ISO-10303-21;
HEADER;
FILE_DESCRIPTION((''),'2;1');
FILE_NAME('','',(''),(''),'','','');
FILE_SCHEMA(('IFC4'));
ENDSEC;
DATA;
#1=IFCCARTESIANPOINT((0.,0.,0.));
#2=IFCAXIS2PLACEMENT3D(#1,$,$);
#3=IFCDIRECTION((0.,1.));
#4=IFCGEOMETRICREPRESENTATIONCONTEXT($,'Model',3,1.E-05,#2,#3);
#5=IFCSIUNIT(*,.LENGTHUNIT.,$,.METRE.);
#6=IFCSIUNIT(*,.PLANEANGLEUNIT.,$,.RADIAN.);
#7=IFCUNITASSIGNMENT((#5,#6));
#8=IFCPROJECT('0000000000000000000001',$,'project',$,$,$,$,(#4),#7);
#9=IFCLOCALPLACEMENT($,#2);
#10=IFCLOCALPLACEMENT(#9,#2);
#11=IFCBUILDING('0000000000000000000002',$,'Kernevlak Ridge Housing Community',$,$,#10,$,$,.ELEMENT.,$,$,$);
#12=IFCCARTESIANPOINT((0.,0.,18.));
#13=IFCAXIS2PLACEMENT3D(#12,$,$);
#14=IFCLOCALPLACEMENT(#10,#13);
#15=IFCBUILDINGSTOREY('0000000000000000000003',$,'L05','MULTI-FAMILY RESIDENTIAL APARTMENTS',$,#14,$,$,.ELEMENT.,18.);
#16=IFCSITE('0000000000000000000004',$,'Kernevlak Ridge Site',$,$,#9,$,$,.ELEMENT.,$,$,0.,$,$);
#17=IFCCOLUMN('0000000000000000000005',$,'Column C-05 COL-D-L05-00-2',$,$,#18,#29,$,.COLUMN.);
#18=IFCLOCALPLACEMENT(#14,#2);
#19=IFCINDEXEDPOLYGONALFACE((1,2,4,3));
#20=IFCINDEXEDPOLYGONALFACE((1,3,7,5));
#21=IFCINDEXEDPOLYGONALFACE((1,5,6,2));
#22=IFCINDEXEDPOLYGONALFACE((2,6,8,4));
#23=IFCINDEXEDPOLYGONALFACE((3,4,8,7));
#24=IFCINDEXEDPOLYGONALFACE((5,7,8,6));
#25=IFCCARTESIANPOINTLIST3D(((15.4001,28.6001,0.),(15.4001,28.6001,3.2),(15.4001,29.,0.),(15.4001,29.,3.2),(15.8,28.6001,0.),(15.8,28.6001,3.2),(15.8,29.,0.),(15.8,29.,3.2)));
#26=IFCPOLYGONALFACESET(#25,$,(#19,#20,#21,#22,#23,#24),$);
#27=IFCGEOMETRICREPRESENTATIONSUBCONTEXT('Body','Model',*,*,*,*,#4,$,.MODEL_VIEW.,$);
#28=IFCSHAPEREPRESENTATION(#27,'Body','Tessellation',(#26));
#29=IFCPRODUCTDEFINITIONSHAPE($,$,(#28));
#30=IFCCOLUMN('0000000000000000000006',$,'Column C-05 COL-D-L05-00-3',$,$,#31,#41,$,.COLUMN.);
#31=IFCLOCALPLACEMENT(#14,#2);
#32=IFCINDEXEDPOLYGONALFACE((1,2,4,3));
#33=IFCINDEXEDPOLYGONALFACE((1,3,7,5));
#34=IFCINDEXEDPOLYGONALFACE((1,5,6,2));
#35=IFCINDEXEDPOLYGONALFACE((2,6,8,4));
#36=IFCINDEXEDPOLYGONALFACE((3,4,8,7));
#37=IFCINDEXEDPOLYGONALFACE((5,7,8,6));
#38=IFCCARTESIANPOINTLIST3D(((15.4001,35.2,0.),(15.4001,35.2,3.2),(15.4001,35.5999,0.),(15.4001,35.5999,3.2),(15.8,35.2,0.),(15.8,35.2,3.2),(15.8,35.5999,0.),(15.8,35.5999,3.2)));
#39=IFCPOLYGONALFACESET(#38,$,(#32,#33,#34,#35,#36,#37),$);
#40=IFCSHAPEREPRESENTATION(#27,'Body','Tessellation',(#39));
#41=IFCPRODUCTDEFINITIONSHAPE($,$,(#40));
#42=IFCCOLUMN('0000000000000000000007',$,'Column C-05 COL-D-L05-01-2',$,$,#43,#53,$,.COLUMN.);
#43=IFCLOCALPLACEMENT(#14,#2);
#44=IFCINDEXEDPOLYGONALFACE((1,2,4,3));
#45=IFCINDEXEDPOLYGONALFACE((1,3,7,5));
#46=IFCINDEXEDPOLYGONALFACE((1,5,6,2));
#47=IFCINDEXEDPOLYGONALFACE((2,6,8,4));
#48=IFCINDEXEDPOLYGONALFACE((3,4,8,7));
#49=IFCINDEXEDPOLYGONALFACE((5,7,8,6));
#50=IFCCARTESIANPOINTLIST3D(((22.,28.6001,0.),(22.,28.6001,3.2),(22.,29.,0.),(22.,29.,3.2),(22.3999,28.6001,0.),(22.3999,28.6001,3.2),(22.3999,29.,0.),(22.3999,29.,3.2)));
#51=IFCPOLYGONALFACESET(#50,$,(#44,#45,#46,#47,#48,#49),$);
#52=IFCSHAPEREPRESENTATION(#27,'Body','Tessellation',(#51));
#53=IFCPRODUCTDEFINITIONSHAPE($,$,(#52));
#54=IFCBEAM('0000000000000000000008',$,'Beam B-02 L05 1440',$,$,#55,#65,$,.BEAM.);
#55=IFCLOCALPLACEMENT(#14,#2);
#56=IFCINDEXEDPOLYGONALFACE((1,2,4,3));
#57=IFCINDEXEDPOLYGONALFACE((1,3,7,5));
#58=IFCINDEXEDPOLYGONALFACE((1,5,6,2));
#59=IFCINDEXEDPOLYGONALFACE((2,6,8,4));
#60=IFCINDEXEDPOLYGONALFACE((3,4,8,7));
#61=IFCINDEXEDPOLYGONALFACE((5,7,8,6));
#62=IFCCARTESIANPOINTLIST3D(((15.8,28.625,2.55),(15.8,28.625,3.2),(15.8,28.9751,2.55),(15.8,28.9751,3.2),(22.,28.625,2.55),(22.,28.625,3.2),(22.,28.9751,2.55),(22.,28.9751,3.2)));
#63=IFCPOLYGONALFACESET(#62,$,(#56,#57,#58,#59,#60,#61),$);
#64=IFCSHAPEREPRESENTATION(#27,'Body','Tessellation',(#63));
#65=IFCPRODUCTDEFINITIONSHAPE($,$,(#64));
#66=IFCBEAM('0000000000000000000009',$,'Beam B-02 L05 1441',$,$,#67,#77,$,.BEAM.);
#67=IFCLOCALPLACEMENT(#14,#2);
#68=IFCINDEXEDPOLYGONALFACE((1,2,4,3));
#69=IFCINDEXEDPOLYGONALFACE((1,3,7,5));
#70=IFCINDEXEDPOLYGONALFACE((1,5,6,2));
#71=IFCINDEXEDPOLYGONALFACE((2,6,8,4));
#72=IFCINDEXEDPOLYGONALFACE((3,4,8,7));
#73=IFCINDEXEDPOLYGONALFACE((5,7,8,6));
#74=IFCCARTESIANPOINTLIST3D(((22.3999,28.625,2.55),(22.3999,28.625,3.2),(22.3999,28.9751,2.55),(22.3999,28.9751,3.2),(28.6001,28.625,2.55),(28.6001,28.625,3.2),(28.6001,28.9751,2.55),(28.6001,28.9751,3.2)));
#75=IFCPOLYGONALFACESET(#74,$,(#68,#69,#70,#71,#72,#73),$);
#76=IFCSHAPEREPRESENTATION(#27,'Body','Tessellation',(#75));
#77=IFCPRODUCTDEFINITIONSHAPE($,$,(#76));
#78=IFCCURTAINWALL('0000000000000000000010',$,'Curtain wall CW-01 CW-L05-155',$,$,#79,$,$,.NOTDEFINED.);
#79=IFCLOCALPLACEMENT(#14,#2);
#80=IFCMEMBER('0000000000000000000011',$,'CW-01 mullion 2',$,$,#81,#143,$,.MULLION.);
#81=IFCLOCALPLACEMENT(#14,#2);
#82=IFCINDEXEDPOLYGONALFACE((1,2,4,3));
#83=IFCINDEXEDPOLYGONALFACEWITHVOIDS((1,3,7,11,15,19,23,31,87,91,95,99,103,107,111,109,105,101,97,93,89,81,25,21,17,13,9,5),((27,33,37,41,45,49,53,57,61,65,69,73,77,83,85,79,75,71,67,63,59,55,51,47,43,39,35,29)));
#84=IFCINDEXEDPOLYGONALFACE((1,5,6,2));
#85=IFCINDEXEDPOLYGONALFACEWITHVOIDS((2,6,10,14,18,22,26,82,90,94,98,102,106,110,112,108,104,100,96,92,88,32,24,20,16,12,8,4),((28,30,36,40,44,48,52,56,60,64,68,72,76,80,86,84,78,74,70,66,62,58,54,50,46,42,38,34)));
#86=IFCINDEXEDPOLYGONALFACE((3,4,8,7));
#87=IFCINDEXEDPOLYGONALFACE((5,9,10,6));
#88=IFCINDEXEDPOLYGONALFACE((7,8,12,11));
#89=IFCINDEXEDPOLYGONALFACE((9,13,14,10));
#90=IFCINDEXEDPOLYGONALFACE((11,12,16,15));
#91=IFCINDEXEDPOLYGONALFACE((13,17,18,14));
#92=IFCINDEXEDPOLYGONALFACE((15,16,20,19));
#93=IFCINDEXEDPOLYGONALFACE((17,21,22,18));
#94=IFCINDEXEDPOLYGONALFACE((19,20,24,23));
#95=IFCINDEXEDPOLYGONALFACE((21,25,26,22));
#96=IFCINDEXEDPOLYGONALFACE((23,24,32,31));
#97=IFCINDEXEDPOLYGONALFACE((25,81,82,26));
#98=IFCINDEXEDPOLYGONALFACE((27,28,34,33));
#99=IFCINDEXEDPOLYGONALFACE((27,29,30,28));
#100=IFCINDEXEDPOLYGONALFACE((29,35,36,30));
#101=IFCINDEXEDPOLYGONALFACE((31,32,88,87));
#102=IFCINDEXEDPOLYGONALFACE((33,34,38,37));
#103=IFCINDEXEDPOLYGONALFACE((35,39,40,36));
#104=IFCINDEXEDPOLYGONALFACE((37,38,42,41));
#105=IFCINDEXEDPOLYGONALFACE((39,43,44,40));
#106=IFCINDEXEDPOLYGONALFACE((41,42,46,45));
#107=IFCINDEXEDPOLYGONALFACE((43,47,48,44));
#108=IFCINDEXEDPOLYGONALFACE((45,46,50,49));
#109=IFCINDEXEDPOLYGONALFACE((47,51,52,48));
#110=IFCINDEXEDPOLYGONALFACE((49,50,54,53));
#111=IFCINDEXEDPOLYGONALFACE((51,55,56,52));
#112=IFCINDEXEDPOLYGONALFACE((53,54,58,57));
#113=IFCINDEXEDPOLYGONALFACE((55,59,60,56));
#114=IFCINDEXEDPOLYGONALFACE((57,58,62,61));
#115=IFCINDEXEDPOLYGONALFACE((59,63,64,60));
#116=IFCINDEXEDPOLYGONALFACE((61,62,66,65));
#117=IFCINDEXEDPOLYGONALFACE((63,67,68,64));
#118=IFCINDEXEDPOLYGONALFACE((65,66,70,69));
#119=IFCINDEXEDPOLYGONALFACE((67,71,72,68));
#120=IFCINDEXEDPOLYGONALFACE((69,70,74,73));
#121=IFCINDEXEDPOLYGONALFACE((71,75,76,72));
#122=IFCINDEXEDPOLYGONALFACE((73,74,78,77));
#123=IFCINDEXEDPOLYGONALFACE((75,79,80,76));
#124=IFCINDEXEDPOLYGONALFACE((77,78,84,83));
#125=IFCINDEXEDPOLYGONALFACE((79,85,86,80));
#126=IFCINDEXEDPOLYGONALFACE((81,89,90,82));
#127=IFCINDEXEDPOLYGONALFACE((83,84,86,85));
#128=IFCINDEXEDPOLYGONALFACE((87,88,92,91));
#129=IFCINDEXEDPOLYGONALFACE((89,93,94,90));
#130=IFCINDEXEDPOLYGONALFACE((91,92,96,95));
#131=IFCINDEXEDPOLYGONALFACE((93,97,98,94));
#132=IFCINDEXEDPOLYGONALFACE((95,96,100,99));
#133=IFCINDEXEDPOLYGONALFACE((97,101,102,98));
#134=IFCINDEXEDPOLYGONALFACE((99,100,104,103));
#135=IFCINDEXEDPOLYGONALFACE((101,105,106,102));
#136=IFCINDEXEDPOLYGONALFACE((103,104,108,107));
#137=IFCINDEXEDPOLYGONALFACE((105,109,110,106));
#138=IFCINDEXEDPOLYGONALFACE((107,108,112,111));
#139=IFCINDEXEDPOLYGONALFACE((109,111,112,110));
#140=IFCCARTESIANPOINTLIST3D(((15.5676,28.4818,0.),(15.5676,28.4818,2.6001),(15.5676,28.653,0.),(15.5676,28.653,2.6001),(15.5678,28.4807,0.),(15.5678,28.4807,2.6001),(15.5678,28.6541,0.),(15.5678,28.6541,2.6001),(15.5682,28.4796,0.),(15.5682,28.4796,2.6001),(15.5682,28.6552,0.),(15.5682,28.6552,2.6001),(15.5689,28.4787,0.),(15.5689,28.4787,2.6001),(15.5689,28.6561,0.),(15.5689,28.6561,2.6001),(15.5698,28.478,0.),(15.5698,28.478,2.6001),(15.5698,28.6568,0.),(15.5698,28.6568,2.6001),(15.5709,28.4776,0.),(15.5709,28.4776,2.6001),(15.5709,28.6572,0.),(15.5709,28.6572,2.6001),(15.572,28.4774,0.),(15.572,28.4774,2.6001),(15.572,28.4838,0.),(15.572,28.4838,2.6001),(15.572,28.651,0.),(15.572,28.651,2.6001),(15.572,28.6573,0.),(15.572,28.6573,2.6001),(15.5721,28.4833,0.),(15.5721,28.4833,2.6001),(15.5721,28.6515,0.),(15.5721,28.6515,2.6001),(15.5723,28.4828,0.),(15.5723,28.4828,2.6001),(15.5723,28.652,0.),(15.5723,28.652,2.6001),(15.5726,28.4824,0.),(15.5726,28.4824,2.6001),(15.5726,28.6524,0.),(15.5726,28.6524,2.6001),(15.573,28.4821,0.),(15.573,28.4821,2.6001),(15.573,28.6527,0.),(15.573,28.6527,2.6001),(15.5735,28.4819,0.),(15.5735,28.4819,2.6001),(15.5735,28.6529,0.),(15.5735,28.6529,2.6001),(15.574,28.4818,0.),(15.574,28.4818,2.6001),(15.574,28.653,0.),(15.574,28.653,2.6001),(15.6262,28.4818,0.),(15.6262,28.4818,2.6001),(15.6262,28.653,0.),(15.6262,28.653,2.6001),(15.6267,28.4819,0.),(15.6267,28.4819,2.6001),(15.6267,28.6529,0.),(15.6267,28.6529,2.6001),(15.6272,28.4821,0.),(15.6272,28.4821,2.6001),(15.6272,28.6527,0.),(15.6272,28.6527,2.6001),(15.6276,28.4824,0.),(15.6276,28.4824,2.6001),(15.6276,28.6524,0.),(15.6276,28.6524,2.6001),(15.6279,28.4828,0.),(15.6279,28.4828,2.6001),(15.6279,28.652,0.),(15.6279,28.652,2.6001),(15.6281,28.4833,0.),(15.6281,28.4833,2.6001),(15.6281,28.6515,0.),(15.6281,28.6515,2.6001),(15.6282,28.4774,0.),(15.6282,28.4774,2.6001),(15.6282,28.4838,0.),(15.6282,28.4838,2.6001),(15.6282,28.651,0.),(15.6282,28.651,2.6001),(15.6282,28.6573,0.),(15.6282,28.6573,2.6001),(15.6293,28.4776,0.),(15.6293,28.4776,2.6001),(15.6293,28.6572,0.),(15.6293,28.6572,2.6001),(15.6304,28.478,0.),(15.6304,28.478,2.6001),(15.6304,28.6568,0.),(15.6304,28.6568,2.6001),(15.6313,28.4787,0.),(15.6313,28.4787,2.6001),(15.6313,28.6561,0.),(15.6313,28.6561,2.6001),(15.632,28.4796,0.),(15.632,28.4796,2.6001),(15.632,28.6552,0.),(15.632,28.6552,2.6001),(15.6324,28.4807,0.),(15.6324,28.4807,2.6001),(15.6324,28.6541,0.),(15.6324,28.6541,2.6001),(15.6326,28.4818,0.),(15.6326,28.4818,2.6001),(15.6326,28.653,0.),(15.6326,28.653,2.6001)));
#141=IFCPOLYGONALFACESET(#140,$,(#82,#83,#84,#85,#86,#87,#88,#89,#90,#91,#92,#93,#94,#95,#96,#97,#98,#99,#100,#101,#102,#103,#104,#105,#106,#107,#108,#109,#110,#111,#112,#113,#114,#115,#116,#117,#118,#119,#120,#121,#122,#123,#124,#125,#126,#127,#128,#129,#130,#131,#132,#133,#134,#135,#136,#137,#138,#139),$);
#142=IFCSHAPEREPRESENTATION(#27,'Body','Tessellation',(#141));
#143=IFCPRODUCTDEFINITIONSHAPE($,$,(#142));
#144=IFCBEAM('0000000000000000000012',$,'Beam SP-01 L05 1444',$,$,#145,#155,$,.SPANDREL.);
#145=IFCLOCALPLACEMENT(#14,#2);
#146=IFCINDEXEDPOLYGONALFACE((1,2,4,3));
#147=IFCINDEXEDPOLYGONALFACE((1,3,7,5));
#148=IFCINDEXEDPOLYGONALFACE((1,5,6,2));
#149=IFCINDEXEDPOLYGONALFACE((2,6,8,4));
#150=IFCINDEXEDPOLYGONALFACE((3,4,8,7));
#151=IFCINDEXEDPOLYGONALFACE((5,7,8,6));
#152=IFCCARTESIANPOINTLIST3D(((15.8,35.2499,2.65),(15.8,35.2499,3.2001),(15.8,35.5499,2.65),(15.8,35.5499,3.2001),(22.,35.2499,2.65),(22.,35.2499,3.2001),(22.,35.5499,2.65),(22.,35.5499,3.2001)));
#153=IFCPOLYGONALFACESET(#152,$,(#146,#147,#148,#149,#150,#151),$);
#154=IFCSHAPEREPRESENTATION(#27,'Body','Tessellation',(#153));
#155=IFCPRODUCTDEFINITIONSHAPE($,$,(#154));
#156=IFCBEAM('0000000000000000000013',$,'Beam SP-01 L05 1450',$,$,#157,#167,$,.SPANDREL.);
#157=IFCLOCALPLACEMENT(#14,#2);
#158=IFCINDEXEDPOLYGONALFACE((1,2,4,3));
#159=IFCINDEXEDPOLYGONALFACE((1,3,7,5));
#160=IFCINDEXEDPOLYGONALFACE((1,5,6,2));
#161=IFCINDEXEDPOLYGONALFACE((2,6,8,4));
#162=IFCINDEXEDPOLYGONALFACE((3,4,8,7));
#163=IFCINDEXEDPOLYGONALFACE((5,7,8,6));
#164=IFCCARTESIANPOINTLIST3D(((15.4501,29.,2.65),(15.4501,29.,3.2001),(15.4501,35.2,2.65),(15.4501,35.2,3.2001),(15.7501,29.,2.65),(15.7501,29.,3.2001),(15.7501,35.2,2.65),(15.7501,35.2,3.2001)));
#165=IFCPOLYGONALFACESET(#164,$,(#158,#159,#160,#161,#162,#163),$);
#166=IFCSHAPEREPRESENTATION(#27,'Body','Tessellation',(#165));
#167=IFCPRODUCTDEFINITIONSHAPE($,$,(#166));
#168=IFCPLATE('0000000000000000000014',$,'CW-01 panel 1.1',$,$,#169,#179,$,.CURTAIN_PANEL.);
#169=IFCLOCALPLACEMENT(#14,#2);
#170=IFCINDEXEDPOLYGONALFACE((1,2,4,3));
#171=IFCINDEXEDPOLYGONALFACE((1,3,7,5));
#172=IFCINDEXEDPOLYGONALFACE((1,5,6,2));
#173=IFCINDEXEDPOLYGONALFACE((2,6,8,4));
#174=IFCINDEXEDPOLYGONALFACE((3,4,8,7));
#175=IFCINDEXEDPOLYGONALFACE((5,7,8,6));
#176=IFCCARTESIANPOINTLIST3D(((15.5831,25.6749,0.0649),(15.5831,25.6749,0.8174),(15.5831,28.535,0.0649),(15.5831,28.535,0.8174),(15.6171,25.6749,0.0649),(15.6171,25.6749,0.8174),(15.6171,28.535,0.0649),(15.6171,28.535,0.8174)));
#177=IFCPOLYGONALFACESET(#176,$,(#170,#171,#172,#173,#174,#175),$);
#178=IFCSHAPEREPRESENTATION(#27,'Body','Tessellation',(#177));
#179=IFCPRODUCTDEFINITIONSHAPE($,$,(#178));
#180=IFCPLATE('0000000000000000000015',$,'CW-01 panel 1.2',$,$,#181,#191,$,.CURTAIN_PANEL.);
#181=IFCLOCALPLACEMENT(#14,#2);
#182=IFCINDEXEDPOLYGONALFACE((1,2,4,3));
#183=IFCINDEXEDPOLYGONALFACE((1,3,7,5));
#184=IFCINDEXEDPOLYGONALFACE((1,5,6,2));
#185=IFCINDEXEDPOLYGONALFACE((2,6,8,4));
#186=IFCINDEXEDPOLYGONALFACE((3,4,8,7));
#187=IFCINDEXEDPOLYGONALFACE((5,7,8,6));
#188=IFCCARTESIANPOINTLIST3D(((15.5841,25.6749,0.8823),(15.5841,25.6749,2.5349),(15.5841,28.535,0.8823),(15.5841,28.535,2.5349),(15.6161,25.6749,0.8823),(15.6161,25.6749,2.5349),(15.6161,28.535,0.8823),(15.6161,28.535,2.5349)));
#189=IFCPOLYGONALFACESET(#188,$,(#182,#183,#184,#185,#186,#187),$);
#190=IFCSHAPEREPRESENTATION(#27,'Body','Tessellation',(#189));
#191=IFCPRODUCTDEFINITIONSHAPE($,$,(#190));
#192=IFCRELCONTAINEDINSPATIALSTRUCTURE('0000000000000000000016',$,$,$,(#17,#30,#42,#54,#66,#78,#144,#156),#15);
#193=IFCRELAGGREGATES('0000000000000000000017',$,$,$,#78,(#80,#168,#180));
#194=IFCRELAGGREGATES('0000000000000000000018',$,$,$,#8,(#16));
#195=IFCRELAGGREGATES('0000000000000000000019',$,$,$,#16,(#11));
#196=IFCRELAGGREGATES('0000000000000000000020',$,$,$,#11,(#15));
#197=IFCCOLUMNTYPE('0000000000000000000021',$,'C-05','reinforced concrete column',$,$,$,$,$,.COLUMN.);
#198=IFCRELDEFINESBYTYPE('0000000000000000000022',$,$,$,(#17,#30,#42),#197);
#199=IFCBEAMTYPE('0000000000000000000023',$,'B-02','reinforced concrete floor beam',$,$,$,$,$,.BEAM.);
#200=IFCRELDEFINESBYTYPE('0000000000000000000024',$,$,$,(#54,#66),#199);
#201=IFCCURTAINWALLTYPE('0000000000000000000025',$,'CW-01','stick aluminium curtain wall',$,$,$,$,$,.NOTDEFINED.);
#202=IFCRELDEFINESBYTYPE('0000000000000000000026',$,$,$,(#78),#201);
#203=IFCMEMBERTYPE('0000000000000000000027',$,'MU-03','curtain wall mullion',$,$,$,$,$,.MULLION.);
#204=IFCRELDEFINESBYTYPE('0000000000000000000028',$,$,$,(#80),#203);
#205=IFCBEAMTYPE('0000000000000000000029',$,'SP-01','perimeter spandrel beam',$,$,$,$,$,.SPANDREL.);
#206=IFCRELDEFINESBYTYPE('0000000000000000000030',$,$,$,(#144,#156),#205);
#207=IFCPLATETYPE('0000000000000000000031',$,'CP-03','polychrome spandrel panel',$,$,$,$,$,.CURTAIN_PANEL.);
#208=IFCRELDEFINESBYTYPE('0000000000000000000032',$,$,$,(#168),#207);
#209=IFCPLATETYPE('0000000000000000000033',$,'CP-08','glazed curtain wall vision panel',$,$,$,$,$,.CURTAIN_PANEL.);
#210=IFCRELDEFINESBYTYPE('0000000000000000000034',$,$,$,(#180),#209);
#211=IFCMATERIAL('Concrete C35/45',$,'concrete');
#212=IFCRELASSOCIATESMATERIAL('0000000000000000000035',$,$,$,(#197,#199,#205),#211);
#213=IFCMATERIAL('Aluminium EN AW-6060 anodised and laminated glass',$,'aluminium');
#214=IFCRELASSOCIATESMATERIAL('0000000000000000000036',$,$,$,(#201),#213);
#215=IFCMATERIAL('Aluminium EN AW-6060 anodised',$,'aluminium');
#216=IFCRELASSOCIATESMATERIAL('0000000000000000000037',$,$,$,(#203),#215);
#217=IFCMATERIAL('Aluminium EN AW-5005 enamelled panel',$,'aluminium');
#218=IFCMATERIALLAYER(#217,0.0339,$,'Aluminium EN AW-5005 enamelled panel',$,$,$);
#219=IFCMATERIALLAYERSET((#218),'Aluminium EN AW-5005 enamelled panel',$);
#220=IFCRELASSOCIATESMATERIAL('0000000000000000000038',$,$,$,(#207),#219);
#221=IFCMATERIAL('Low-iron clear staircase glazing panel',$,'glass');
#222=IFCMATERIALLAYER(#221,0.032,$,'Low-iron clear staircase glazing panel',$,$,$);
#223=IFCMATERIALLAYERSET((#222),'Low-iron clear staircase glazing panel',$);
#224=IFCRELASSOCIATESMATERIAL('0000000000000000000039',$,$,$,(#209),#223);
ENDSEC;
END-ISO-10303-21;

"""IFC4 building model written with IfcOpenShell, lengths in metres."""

from ifc_helpers import new_model, si_unit, direction, frame, origin, origin_2d, place, context, subcontext, project, spatial, rectangle, hollow_rectangle, extrude, material, layer, layer_set, material_profile, profile_set, type_object, element, aggregate, save


model = new_model("IFC4")

# Units and contexts
model_context = context("Model", 3, precision=1e-05, world=origin(), true_north=direction((0.0, 1.0)))
body_context = subcontext(model_context, "Body", "Model", "MODEL_VIEW")
ifc_project = project(units=[si_unit("LENGTHUNIT", "METRE"), si_unit("PLANEANGLEUNIT", "RADIAN")], contexts=[model_context])

# Site, building, storey
site_placement = place(None, origin())
site = spatial("IfcSite", under=ifc_project, at=site_placement, Name="Kernevlak Ridge Site", CompositionType="ELEMENT", RefElevation=0.0)
building_placement = place(site_placement, origin())
building = spatial("IfcBuilding", under=site, at=building_placement, Name="Kernevlak Ridge Housing Community", CompositionType="ELEMENT")
storey_placement = place(building_placement, frame((0.0, 0.0, 18.0)))
storey = spatial("IfcBuildingStorey", under=building, at=storey_placement, Name="L05", Description="MULTI-FAMILY RESIDENTIAL APARTMENTS", CompositionType="ELEMENT", Elevation=18.0)

# Columns
ifc_material_1 = material(Name="Concrete C35/45", Category="concrete")
ifc_material_profile_1 = material_profile(ifc_material_1, rectangle(XDim=0.3999, YDim=0.3999, at=origin_2d()), Name="RC 400x400")
ifc_profile_set_1 = profile_set([ifc_material_profile_1], Name="Concrete C35/45")
column_type = type_object("IfcColumnType", Name="C-05", Description="reinforced concrete column", PredefinedType="COLUMN", material=ifc_profile_set_1)
for number, where, z_axis, x_axis, name in (
    (1, (15.6001, 28.8, 0.0), (0.0, 0.0, 1.0), (1.0, 0.0, 0.0), "Column C-05 COL-D-L05-00-2"),
    (2, (15.6001, 35.3999, 0.0), (0.0, 0.0, 1.0), (1.0, 0.0, 0.0), "Column C-05 COL-D-L05-00-3"),
    (3, (22.2, 28.8, 0.0), (0.0, 0.0, 1.0), (1.0, 0.0, 0.0), "Column C-05 COL-D-L05-01-2"),
):
    element("IfcColumn", number, at=place(storey_placement, frame(where, z_axis=z_axis, x_axis=x_axis)), inside=storey, type_object=column_type, Name=name, PredefinedType="COLUMN", context=body_context, shape_type="SweptSolid", body=[
        extrude(rectangle(XDim=0.3999, YDim=0.3999, at=origin_2d()), origin(), (0.0, 0.0, 1.0), 3.2),
    ])

# Beams
ifc_material_profile_2 = material_profile(ifc_material_1, rectangle(XDim=0.3501, YDim=0.6499, at=origin_2d()), Name="RC 350x650")
ifc_profile_set_2 = profile_set([ifc_material_profile_2], Name="Concrete C35/45")
beam_type_1 = type_object("IfcBeamType", Name="B-02", Description="reinforced concrete floor beam", PredefinedType="BEAM", material=ifc_profile_set_2)
beam_1_placement = place(storey_placement, frame((15.8, 28.8, 2.875), z_axis=(1.0, 0.0, 0.0), x_axis=(0.0, 1.0, 0.0)))
element("IfcBeam", 4, at=beam_1_placement, inside=storey, type_object=beam_type_1, Name="Beam B-02 L05 1440", PredefinedType="BEAM", context=body_context, shape_type="SweptSolid", body=[
    extrude(rectangle(XDim=0.3501, YDim=0.6499, at=origin_2d()), origin(), (0.0, 0.0, 1.0), 6.2),
])
beam_2_placement = place(storey_placement, frame((22.3999, 28.8, 2.875), z_axis=(1.0, 0.0, 0.0), x_axis=(0.0, 1.0, 0.0)))
element("IfcBeam", 5, at=beam_2_placement, inside=storey, type_object=beam_type_1, Name="Beam B-02 L05 1441", PredefinedType="BEAM", context=body_context, shape_type="SweptSolid", body=[
    extrude(rectangle(XDim=0.3501, YDim=0.6499, at=origin_2d()), origin(), (0.0, 0.0, 1.0), 6.2002),
])

# Curtain wall, member
ifc_material_2 = material(Name="Aluminium EN AW-6060 anodised and laminated glass", Category="aluminium")
curtain_wall_type = type_object("IfcCurtainWallType", Name="CW-01", Description="stick aluminium curtain wall", PredefinedType="NOTDEFINED", material=ifc_material_2)
curtain_wall_placement = place(storey_placement, origin())
curtain_wall = element("IfcCurtainWall", 6, at=curtain_wall_placement, inside=storey, type_object=curtain_wall_type, Name="Curtain wall CW-01 CW-L05-155", PredefinedType="NOTDEFINED")
ifc_material_3 = material(Name="Aluminium EN AW-6060 anodised", Category="aluminium")
ifc_material_profile_3 = material_profile(ifc_material_3, hollow_rectangle(XDim=0.0649, YDim=0.1799, WallThickness=0.0044, InnerFilletRadius=0.002, OuterFilletRadius=0.0044, at=origin_2d()), Name="ALU 65x180x4.5")
ifc_profile_set_3 = profile_set([ifc_material_profile_3], Name="Aluminium EN AW-6060 anodised")
member_type = type_object("IfcMemberType", Name="MU-03", Description="curtain wall mullion", PredefinedType="MULLION", material=ifc_profile_set_3)
member_placement = place(storey_placement, frame((15.6001, 28.5674, 0.0), z_axis=(0.0, 0.0, 1.0), x_axis=(-1.0, 0.0, 0.0)))
member = element("IfcMember", 7, at=member_placement, type_object=member_type, Name="CW-01 mullion 2", PredefinedType="MULLION", context=body_context, shape_type="SweptSolid", body=[
    extrude(hollow_rectangle(XDim=0.0649, YDim=0.1799, WallThickness=0.0044, InnerFilletRadius=0.002, OuterFilletRadius=0.0044, at=origin_2d()), origin(), (0.0, 0.0, 1.0), 2.6001),
])

# Beams
ifc_material_profile_4 = material_profile(ifc_material_1, rectangle(XDim=0.3, YDim=0.55, at=origin_2d()), Name="RC 300x550")
ifc_profile_set_4 = profile_set([ifc_material_profile_4], Name="Concrete C35/45")
beam_type_2 = type_object("IfcBeamType", Name="SP-01", Description="perimeter spandrel beam", PredefinedType="SPANDREL", material=ifc_profile_set_4)
for number, where, z_axis, x_axis, name in (
    (8, (15.8, 35.3999, 2.925), (1.0, 0.0, 0.0), (0.0, 1.0, 0.0), "Beam SP-01 L05 1444"),
    (9, (15.6001, 29.0, 2.925), (0.0, 1.0, 0.0), (-1.0, 0.0, 0.0), "Beam SP-01 L05 1450"),
):
    element("IfcBeam", number, at=place(storey_placement, frame(where, z_axis=z_axis, x_axis=x_axis)), inside=storey, type_object=beam_type_2, Name=name, PredefinedType="SPANDREL", context=body_context, shape_type="SweptSolid", body=[
        extrude(rectangle(XDim=0.3, YDim=0.55, at=origin_2d()), origin(), (0.0, 0.0, 1.0), 6.2),
    ])

# Plates
ifc_material_4 = material(Name="Aluminium EN AW-5005 enamelled panel", Category="aluminium")
ifc_layer_1 = layer(ifc_material_4, 0.0339, Name="Aluminium EN AW-5005 enamelled panel")
ifc_layer_set_1 = layer_set([ifc_layer_1], Name="Aluminium EN AW-5005 enamelled panel")
plate_type_1 = type_object("IfcPlateType", Name="CP-03", Description="polychrome spandrel panel", PredefinedType="CURTAIN_PANEL", material=ifc_layer_set_1)
plate_1_placement = place(storey_placement, frame((15.6001, 27.105, 0.0649), z_axis=(0.0, 0.0, 1.0), x_axis=(0.0, 1.0, 0.0)))
plate_1 = element("IfcPlate", 10, at=plate_1_placement, type_object=plate_type_1, Name="CW-01 panel 1.1", PredefinedType="CURTAIN_PANEL", context=body_context, shape_type="SweptSolid", body=[
    extrude(rectangle(XDim=2.8601, YDim=0.0339, at=origin_2d()), origin(), (0.0, 0.0, 1.0), 0.7524),
])
ifc_material_5 = material(Name="Low-iron clear staircase glazing panel", Category="glass")
ifc_layer_2 = layer(ifc_material_5, 0.032, Name="Low-iron clear staircase glazing panel")
ifc_layer_set_2 = layer_set([ifc_layer_2], Name="Low-iron clear staircase glazing panel")
plate_type_2 = type_object("IfcPlateType", Name="CP-08", Description="glazed curtain wall vision panel", PredefinedType="CURTAIN_PANEL", material=ifc_layer_set_2)
plate_2_placement = place(storey_placement, frame((15.6001, 27.105, 0.8823), z_axis=(0.0, 0.0, 1.0), x_axis=(0.0, 1.0, 0.0)))
plate_2 = element("IfcPlate", 11, at=plate_2_placement, type_object=plate_type_2, Name="CW-01 panel 1.2", PredefinedType="CURTAIN_PANEL", context=body_context, shape_type="SweptSolid", body=[
    extrude(rectangle(XDim=2.8601, YDim=0.032, at=origin_2d()), origin(), (0.0, 0.0, 1.0), 1.6526),
])
aggregate(curtain_wall, [member, plate_1, plate_2])

save(model, "model.ifc")
